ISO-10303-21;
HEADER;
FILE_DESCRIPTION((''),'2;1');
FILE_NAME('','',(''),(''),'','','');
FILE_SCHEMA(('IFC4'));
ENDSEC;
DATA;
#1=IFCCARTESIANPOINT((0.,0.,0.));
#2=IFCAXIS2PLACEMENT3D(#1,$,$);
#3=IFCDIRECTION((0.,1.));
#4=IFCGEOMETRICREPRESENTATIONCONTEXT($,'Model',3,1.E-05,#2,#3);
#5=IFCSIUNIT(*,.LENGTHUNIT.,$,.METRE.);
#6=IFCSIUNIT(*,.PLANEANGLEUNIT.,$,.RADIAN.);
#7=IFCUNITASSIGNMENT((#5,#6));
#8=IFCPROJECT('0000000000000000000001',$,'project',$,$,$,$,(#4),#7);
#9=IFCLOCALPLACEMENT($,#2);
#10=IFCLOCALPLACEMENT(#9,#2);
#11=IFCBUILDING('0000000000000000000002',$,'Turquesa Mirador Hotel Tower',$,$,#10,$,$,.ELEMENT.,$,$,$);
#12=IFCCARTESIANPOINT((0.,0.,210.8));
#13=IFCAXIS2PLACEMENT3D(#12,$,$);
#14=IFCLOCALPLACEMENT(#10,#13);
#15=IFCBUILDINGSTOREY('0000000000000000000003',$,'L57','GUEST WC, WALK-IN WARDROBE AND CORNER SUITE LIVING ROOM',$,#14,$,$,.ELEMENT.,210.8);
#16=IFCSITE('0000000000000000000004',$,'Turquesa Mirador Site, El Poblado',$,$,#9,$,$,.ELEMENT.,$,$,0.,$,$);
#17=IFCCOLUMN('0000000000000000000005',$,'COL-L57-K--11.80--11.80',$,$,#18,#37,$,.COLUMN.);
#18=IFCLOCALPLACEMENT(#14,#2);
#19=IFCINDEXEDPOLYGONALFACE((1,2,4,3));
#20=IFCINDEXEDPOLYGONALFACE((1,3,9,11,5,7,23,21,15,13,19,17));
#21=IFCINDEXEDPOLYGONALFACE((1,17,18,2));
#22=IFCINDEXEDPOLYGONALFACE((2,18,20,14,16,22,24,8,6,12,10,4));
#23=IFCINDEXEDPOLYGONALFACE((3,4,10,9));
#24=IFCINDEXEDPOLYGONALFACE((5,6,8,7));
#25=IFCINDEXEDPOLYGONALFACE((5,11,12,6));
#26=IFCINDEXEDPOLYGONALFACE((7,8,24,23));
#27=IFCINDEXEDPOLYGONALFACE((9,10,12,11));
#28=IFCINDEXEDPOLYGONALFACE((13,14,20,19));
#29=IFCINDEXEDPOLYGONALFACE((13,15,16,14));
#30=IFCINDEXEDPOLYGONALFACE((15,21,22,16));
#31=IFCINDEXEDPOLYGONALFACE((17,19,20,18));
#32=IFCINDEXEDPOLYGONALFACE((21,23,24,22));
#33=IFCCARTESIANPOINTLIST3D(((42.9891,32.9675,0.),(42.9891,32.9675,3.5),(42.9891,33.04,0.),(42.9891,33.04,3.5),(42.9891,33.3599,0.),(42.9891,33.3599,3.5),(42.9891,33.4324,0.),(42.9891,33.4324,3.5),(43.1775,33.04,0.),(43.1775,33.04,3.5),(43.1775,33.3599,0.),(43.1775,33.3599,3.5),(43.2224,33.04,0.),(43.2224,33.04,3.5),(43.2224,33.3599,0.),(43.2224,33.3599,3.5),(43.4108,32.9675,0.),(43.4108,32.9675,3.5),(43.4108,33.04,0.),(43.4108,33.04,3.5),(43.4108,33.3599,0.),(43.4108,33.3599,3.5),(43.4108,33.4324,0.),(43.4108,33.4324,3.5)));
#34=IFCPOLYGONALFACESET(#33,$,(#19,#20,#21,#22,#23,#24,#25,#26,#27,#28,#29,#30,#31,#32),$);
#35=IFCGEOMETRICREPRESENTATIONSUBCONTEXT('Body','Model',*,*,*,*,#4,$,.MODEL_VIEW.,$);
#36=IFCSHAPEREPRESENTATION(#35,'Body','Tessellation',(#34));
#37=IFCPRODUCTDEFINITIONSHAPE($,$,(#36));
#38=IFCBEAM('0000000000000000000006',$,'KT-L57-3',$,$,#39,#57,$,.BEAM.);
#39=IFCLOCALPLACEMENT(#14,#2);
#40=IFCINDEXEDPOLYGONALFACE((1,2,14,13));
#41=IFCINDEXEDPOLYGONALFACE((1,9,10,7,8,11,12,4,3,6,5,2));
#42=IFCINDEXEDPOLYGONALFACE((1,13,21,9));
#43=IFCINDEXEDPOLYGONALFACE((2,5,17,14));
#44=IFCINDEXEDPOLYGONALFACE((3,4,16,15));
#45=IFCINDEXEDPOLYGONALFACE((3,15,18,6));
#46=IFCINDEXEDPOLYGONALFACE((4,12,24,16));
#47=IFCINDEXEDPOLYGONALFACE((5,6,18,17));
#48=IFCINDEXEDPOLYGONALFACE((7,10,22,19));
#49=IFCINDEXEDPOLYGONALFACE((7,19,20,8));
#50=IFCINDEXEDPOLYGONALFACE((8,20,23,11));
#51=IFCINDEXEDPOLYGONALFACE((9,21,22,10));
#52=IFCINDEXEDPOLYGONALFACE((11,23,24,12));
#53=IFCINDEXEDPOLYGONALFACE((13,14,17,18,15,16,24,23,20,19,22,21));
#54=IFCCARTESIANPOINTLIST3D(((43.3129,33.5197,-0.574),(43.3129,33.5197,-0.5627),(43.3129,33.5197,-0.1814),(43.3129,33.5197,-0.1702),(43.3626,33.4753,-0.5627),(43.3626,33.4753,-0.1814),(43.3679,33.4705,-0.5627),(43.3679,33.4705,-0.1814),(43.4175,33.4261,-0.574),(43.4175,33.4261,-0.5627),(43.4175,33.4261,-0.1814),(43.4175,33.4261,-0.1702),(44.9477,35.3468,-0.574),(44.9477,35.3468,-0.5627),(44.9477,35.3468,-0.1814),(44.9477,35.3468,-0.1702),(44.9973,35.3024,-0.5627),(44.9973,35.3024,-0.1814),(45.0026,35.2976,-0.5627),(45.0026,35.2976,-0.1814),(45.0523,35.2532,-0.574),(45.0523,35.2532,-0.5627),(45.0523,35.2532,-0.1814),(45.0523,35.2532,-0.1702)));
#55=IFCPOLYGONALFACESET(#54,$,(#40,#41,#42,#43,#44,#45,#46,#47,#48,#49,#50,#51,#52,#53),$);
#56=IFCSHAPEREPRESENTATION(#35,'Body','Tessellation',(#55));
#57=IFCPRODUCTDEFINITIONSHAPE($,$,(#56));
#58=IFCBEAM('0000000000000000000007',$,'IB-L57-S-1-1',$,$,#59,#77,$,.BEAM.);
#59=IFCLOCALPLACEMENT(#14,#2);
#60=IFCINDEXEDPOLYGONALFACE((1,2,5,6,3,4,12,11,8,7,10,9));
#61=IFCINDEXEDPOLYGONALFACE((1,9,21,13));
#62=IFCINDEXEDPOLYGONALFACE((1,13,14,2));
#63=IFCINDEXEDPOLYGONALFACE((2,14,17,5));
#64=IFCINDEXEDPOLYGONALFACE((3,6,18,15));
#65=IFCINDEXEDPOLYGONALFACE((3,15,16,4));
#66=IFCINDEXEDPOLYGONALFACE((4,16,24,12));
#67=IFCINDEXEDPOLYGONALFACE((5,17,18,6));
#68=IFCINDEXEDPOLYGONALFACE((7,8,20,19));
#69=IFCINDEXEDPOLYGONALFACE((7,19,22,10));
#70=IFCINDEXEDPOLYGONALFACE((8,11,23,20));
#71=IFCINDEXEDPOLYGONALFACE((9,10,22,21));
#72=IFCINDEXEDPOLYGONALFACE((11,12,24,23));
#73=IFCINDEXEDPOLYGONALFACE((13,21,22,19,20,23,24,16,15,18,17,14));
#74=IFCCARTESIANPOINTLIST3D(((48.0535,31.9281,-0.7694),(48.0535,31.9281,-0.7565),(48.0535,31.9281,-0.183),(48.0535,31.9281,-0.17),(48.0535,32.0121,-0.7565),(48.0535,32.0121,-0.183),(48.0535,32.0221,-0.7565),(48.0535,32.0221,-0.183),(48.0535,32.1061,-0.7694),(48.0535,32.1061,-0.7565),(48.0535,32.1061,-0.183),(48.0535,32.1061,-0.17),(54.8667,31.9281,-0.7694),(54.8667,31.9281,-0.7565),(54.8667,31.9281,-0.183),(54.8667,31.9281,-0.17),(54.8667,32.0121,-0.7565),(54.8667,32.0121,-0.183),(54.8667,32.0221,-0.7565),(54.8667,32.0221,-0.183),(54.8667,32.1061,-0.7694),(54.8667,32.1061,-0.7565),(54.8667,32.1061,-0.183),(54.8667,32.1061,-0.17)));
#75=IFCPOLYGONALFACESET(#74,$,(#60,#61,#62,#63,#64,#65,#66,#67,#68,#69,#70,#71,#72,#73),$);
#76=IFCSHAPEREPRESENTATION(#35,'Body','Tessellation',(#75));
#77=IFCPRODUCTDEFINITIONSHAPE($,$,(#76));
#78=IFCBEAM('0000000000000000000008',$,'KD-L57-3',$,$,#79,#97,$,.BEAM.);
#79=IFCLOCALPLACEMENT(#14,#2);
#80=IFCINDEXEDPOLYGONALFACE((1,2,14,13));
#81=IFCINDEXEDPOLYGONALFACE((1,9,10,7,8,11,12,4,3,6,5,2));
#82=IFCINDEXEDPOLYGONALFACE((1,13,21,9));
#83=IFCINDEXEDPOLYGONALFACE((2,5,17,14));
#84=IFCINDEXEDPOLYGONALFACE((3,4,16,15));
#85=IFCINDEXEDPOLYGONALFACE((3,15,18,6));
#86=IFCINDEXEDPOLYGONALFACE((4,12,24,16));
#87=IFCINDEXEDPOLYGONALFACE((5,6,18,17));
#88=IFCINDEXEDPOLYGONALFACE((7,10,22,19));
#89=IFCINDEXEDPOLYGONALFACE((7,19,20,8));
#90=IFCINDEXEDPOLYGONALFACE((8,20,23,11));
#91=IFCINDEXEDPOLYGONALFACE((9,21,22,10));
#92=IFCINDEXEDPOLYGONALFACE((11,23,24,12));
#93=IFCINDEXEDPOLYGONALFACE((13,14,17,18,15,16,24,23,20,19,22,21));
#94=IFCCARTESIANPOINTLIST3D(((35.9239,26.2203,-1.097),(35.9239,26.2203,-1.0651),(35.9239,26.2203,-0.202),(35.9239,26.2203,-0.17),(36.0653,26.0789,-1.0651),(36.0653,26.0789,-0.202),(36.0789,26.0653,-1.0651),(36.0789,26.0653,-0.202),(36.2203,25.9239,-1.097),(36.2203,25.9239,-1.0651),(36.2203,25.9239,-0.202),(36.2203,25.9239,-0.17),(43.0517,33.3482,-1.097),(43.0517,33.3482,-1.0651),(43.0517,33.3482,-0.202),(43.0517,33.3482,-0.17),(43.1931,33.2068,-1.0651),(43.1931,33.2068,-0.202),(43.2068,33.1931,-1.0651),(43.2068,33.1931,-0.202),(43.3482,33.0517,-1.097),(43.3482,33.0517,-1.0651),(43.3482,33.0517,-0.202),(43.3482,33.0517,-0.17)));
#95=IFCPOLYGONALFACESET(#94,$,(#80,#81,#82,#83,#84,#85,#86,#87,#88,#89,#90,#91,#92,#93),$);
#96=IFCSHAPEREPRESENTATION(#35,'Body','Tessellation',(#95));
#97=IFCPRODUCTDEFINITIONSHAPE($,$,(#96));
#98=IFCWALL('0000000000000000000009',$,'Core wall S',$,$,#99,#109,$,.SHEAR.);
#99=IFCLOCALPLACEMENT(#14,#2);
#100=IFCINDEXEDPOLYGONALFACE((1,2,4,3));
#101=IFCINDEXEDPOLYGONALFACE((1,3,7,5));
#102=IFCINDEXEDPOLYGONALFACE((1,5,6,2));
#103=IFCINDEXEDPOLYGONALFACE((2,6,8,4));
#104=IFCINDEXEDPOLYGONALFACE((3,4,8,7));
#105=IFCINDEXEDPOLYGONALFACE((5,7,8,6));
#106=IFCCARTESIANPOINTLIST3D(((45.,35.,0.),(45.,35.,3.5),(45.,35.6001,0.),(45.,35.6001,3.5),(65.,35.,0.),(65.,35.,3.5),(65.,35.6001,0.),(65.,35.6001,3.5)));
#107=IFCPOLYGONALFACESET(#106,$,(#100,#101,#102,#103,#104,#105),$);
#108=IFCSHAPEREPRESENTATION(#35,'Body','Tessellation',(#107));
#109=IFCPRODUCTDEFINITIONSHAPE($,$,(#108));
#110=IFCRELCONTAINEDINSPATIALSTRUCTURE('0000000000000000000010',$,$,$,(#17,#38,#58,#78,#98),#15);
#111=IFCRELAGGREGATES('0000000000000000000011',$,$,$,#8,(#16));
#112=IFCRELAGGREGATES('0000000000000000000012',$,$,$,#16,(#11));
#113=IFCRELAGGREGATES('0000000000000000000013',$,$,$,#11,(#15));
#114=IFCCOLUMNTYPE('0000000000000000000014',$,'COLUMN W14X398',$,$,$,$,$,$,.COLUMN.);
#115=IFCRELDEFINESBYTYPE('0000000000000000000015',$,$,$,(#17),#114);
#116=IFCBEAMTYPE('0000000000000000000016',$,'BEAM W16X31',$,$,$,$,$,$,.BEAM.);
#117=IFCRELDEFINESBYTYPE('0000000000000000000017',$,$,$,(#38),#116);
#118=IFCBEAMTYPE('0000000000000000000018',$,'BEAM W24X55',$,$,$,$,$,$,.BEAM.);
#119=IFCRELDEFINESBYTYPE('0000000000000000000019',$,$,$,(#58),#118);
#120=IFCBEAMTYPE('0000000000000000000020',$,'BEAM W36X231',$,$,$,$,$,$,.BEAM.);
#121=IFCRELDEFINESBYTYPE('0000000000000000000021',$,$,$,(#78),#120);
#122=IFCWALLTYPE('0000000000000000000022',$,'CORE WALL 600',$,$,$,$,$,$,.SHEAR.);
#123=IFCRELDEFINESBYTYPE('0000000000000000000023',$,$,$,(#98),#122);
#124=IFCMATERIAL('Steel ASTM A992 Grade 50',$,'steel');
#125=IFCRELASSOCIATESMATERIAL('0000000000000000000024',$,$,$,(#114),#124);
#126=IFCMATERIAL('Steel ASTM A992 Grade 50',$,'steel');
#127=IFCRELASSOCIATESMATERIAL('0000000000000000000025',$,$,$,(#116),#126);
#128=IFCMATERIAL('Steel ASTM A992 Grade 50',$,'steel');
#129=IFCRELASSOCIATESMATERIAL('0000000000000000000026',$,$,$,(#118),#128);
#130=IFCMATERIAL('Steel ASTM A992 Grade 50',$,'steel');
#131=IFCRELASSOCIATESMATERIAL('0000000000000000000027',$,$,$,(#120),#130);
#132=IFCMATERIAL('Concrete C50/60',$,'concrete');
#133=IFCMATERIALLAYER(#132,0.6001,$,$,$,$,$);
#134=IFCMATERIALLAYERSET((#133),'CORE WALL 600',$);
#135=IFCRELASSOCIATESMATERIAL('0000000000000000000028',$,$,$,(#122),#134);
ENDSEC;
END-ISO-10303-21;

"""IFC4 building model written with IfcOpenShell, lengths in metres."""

from ifc_helpers import new_model, si_unit, direction, frame, frame_2d, origin, origin_2d, place, context, subcontext, project, spatial, rectangle, i_section, extrude, material, layer, layer_set, material_profile, profile_set, type_object, element, save


model = new_model("IFC4")

# Units and contexts
model_context = context("Model", 3, precision=1e-05, world=origin(), true_north=direction((0.0, 1.0)))
body_context = subcontext(model_context, "Body", "Model", "MODEL_VIEW")
ifc_project = project(units=[si_unit("LENGTHUNIT", "METRE"), si_unit("PLANEANGLEUNIT", "RADIAN")], contexts=[model_context])

# Site, building, storey
site_placement = place(None, origin())
site = spatial("IfcSite", under=ifc_project, at=site_placement, Name="Turquesa Mirador Site, El Poblado", CompositionType="ELEMENT", RefElevation=0.0)
building_placement = place(site_placement, origin())
building = spatial("IfcBuilding", under=site, at=building_placement, Name="Turquesa Mirador Hotel Tower", CompositionType="ELEMENT")
storey_placement = place(building_placement, frame((0.0, 0.0, 210.8)))
storey = spatial("IfcBuildingStorey", under=building, at=storey_placement, Name="L57", Description="GUEST WC, WALK-IN WARDROBE AND CORNER SUITE LIVING ROOM", CompositionType="ELEMENT", Elevation=210.8)

# Column
ifc_material_1 = material(Name="Steel ASTM A992 Grade 50", Category="steel")
ifc_material_profile_1 = material_profile(ifc_material_1, i_section(OverallWidth=0.4216, OverallDepth=0.4648, WebThickness=0.0449, FlangeThickness=0.0725, at=origin_2d()), Name="W14X398")
ifc_profile_set_1 = profile_set([ifc_material_profile_1], Name="Steel ASTM A992 Grade 50")
column_type = type_object("IfcColumnType", Name="COLUMN W14X398", PredefinedType="COLUMN", material=ifc_profile_set_1)
column_placement = place(storey_placement, frame((43.2, 33.2, 0.0), z_axis=(0.0, 0.0, 1.0), x_axis=(1.0, 0.0, 0.0)))
element("IfcColumn", 1, at=column_placement, inside=storey, type_object=column_type, Name="COL-L57-K--11.80--11.80", PredefinedType="COLUMN", context=body_context, shape_type="SweptSolid", body=[
    extrude(i_section(OverallWidth=0.4216, OverallDepth=0.4648, WebThickness=0.0449, FlangeThickness=0.0725, at=origin_2d()), origin(), (0.0, 0.0, 1.0), 3.5),
])

# Beams
ifc_material_2 = material(Name="Steel ASTM A992 Grade 50", Category="steel")
ifc_material_profile_2 = material_profile(ifc_material_2, i_section(OverallWidth=0.1404, OverallDepth=0.4038, WebThickness=0.0071, FlangeThickness=0.0112, at=origin_2d()), Name="W16X31")
ifc_profile_set_2 = profile_set([ifc_material_profile_2], Name="Steel ASTM A992 Grade 50")
beam_type_1 = type_object("IfcBeamType", Name="BEAM W16X31", PredefinedType="BEAM", material=ifc_profile_set_2)
beam_1_placement = place(storey_placement, frame((43.3652, 33.4729, -0.3721), z_axis=(0.666783, 0.745252, 0.0), x_axis=(-0.745252, 0.666783, 0.0)))
element("IfcBeam", 2, at=beam_1_placement, inside=storey, type_object=beam_type_1, Name="KT-L57-3", PredefinedType="BEAM", context=body_context, shape_type="SweptSolid", body=[
    extrude(i_section(OverallWidth=0.1404, OverallDepth=0.4038, WebThickness=0.0071, FlangeThickness=0.0112, at=origin_2d()), origin(), (0.0, 0.0, 1.0), 2.4517),
])
ifc_material_3 = material(Name="Steel ASTM A992 Grade 50", Category="steel")
ifc_material_profile_3 = material_profile(ifc_material_3, i_section(OverallWidth=0.178, OverallDepth=0.5994, WebThickness=0.01, FlangeThickness=0.0129, at=origin_2d()), Name="W24X55")
ifc_profile_set_3 = profile_set([ifc_material_profile_3], Name="Steel ASTM A992 Grade 50")
beam_type_2 = type_object("IfcBeamType", Name="BEAM W24X55", PredefinedType="BEAM", material=ifc_profile_set_3)
beam_2_placement = place(storey_placement, frame((48.0535, 32.0171, -0.4697), z_axis=(1.0, 0.0, 0.0), x_axis=(0.0, 1.0, 0.0)))
element("IfcBeam", 3, at=beam_2_placement, inside=storey, type_object=beam_type_2, Name="IB-L57-S-1-1", PredefinedType="BEAM", context=body_context, shape_type="SweptSolid", body=[
    extrude(i_section(OverallWidth=0.178, OverallDepth=0.5994, WebThickness=0.01, FlangeThickness=0.0129, at=origin_2d()), origin(), (0.0, 0.0, 1.0), 6.8132),
])
ifc_material_4 = material(Name="Steel ASTM A992 Grade 50", Category="steel")
ifc_material_profile_4 = material_profile(ifc_material_4, i_section(OverallWidth=0.4192, OverallDepth=0.927, WebThickness=0.0193, FlangeThickness=0.032, at=origin_2d()), Name="W36X231")
ifc_profile_set_4 = profile_set([ifc_material_profile_4], Name="Steel ASTM A992 Grade 50")
beam_type_3 = type_object("IfcBeamType", Name="BEAM W36X231", PredefinedType="BEAM", material=ifc_profile_set_4)
beam_3_placement = place(storey_placement, frame((43.2, 33.2, -0.6335), z_axis=(-0.707107, -0.707107, 0.0), x_axis=(0.707107, -0.707107, 0.0)))
element("IfcBeam", 4, at=beam_3_placement, inside=storey, type_object=beam_type_3, Name="KD-L57-3", PredefinedType="BEAM", context=body_context, shape_type="SweptSolid", body=[
    extrude(i_section(OverallWidth=0.4192, OverallDepth=0.927, WebThickness=0.0193, FlangeThickness=0.032, at=origin_2d()), origin(), (0.0, 0.0, 1.0), 10.0803),
])

# Wall
ifc_material_5 = material(Name="Concrete C50/60", Category="concrete")
ifc_layer_1 = layer(ifc_material_5, 0.6001)
ifc_layer_set_1 = layer_set([ifc_layer_1], Name="CORE WALL 600")
wall_type_1 = type_object("IfcWallType", Name="CORE WALL 600", PredefinedType="SHEAR", material=ifc_layer_set_1)
wall_1_placement = place(storey_placement, frame((45.0, 35.3, 0.0), z_axis=(0.0, 0.0, 1.0), x_axis=(1.0, 0.0, 0.0)))
element("IfcWall", 5, at=wall_1_placement, inside=storey, type_object=wall_type_1, Name="Core wall S", PredefinedType="SHEAR", context=body_context, shape_type="SweptSolid", body=[
    extrude(rectangle(XDim=20.0, YDim=0.6001, at=frame_2d((10.0, 0.0))), origin(), (0.0, 0.0, 1.0), 3.5),
])

save(model, "model.ifc")
